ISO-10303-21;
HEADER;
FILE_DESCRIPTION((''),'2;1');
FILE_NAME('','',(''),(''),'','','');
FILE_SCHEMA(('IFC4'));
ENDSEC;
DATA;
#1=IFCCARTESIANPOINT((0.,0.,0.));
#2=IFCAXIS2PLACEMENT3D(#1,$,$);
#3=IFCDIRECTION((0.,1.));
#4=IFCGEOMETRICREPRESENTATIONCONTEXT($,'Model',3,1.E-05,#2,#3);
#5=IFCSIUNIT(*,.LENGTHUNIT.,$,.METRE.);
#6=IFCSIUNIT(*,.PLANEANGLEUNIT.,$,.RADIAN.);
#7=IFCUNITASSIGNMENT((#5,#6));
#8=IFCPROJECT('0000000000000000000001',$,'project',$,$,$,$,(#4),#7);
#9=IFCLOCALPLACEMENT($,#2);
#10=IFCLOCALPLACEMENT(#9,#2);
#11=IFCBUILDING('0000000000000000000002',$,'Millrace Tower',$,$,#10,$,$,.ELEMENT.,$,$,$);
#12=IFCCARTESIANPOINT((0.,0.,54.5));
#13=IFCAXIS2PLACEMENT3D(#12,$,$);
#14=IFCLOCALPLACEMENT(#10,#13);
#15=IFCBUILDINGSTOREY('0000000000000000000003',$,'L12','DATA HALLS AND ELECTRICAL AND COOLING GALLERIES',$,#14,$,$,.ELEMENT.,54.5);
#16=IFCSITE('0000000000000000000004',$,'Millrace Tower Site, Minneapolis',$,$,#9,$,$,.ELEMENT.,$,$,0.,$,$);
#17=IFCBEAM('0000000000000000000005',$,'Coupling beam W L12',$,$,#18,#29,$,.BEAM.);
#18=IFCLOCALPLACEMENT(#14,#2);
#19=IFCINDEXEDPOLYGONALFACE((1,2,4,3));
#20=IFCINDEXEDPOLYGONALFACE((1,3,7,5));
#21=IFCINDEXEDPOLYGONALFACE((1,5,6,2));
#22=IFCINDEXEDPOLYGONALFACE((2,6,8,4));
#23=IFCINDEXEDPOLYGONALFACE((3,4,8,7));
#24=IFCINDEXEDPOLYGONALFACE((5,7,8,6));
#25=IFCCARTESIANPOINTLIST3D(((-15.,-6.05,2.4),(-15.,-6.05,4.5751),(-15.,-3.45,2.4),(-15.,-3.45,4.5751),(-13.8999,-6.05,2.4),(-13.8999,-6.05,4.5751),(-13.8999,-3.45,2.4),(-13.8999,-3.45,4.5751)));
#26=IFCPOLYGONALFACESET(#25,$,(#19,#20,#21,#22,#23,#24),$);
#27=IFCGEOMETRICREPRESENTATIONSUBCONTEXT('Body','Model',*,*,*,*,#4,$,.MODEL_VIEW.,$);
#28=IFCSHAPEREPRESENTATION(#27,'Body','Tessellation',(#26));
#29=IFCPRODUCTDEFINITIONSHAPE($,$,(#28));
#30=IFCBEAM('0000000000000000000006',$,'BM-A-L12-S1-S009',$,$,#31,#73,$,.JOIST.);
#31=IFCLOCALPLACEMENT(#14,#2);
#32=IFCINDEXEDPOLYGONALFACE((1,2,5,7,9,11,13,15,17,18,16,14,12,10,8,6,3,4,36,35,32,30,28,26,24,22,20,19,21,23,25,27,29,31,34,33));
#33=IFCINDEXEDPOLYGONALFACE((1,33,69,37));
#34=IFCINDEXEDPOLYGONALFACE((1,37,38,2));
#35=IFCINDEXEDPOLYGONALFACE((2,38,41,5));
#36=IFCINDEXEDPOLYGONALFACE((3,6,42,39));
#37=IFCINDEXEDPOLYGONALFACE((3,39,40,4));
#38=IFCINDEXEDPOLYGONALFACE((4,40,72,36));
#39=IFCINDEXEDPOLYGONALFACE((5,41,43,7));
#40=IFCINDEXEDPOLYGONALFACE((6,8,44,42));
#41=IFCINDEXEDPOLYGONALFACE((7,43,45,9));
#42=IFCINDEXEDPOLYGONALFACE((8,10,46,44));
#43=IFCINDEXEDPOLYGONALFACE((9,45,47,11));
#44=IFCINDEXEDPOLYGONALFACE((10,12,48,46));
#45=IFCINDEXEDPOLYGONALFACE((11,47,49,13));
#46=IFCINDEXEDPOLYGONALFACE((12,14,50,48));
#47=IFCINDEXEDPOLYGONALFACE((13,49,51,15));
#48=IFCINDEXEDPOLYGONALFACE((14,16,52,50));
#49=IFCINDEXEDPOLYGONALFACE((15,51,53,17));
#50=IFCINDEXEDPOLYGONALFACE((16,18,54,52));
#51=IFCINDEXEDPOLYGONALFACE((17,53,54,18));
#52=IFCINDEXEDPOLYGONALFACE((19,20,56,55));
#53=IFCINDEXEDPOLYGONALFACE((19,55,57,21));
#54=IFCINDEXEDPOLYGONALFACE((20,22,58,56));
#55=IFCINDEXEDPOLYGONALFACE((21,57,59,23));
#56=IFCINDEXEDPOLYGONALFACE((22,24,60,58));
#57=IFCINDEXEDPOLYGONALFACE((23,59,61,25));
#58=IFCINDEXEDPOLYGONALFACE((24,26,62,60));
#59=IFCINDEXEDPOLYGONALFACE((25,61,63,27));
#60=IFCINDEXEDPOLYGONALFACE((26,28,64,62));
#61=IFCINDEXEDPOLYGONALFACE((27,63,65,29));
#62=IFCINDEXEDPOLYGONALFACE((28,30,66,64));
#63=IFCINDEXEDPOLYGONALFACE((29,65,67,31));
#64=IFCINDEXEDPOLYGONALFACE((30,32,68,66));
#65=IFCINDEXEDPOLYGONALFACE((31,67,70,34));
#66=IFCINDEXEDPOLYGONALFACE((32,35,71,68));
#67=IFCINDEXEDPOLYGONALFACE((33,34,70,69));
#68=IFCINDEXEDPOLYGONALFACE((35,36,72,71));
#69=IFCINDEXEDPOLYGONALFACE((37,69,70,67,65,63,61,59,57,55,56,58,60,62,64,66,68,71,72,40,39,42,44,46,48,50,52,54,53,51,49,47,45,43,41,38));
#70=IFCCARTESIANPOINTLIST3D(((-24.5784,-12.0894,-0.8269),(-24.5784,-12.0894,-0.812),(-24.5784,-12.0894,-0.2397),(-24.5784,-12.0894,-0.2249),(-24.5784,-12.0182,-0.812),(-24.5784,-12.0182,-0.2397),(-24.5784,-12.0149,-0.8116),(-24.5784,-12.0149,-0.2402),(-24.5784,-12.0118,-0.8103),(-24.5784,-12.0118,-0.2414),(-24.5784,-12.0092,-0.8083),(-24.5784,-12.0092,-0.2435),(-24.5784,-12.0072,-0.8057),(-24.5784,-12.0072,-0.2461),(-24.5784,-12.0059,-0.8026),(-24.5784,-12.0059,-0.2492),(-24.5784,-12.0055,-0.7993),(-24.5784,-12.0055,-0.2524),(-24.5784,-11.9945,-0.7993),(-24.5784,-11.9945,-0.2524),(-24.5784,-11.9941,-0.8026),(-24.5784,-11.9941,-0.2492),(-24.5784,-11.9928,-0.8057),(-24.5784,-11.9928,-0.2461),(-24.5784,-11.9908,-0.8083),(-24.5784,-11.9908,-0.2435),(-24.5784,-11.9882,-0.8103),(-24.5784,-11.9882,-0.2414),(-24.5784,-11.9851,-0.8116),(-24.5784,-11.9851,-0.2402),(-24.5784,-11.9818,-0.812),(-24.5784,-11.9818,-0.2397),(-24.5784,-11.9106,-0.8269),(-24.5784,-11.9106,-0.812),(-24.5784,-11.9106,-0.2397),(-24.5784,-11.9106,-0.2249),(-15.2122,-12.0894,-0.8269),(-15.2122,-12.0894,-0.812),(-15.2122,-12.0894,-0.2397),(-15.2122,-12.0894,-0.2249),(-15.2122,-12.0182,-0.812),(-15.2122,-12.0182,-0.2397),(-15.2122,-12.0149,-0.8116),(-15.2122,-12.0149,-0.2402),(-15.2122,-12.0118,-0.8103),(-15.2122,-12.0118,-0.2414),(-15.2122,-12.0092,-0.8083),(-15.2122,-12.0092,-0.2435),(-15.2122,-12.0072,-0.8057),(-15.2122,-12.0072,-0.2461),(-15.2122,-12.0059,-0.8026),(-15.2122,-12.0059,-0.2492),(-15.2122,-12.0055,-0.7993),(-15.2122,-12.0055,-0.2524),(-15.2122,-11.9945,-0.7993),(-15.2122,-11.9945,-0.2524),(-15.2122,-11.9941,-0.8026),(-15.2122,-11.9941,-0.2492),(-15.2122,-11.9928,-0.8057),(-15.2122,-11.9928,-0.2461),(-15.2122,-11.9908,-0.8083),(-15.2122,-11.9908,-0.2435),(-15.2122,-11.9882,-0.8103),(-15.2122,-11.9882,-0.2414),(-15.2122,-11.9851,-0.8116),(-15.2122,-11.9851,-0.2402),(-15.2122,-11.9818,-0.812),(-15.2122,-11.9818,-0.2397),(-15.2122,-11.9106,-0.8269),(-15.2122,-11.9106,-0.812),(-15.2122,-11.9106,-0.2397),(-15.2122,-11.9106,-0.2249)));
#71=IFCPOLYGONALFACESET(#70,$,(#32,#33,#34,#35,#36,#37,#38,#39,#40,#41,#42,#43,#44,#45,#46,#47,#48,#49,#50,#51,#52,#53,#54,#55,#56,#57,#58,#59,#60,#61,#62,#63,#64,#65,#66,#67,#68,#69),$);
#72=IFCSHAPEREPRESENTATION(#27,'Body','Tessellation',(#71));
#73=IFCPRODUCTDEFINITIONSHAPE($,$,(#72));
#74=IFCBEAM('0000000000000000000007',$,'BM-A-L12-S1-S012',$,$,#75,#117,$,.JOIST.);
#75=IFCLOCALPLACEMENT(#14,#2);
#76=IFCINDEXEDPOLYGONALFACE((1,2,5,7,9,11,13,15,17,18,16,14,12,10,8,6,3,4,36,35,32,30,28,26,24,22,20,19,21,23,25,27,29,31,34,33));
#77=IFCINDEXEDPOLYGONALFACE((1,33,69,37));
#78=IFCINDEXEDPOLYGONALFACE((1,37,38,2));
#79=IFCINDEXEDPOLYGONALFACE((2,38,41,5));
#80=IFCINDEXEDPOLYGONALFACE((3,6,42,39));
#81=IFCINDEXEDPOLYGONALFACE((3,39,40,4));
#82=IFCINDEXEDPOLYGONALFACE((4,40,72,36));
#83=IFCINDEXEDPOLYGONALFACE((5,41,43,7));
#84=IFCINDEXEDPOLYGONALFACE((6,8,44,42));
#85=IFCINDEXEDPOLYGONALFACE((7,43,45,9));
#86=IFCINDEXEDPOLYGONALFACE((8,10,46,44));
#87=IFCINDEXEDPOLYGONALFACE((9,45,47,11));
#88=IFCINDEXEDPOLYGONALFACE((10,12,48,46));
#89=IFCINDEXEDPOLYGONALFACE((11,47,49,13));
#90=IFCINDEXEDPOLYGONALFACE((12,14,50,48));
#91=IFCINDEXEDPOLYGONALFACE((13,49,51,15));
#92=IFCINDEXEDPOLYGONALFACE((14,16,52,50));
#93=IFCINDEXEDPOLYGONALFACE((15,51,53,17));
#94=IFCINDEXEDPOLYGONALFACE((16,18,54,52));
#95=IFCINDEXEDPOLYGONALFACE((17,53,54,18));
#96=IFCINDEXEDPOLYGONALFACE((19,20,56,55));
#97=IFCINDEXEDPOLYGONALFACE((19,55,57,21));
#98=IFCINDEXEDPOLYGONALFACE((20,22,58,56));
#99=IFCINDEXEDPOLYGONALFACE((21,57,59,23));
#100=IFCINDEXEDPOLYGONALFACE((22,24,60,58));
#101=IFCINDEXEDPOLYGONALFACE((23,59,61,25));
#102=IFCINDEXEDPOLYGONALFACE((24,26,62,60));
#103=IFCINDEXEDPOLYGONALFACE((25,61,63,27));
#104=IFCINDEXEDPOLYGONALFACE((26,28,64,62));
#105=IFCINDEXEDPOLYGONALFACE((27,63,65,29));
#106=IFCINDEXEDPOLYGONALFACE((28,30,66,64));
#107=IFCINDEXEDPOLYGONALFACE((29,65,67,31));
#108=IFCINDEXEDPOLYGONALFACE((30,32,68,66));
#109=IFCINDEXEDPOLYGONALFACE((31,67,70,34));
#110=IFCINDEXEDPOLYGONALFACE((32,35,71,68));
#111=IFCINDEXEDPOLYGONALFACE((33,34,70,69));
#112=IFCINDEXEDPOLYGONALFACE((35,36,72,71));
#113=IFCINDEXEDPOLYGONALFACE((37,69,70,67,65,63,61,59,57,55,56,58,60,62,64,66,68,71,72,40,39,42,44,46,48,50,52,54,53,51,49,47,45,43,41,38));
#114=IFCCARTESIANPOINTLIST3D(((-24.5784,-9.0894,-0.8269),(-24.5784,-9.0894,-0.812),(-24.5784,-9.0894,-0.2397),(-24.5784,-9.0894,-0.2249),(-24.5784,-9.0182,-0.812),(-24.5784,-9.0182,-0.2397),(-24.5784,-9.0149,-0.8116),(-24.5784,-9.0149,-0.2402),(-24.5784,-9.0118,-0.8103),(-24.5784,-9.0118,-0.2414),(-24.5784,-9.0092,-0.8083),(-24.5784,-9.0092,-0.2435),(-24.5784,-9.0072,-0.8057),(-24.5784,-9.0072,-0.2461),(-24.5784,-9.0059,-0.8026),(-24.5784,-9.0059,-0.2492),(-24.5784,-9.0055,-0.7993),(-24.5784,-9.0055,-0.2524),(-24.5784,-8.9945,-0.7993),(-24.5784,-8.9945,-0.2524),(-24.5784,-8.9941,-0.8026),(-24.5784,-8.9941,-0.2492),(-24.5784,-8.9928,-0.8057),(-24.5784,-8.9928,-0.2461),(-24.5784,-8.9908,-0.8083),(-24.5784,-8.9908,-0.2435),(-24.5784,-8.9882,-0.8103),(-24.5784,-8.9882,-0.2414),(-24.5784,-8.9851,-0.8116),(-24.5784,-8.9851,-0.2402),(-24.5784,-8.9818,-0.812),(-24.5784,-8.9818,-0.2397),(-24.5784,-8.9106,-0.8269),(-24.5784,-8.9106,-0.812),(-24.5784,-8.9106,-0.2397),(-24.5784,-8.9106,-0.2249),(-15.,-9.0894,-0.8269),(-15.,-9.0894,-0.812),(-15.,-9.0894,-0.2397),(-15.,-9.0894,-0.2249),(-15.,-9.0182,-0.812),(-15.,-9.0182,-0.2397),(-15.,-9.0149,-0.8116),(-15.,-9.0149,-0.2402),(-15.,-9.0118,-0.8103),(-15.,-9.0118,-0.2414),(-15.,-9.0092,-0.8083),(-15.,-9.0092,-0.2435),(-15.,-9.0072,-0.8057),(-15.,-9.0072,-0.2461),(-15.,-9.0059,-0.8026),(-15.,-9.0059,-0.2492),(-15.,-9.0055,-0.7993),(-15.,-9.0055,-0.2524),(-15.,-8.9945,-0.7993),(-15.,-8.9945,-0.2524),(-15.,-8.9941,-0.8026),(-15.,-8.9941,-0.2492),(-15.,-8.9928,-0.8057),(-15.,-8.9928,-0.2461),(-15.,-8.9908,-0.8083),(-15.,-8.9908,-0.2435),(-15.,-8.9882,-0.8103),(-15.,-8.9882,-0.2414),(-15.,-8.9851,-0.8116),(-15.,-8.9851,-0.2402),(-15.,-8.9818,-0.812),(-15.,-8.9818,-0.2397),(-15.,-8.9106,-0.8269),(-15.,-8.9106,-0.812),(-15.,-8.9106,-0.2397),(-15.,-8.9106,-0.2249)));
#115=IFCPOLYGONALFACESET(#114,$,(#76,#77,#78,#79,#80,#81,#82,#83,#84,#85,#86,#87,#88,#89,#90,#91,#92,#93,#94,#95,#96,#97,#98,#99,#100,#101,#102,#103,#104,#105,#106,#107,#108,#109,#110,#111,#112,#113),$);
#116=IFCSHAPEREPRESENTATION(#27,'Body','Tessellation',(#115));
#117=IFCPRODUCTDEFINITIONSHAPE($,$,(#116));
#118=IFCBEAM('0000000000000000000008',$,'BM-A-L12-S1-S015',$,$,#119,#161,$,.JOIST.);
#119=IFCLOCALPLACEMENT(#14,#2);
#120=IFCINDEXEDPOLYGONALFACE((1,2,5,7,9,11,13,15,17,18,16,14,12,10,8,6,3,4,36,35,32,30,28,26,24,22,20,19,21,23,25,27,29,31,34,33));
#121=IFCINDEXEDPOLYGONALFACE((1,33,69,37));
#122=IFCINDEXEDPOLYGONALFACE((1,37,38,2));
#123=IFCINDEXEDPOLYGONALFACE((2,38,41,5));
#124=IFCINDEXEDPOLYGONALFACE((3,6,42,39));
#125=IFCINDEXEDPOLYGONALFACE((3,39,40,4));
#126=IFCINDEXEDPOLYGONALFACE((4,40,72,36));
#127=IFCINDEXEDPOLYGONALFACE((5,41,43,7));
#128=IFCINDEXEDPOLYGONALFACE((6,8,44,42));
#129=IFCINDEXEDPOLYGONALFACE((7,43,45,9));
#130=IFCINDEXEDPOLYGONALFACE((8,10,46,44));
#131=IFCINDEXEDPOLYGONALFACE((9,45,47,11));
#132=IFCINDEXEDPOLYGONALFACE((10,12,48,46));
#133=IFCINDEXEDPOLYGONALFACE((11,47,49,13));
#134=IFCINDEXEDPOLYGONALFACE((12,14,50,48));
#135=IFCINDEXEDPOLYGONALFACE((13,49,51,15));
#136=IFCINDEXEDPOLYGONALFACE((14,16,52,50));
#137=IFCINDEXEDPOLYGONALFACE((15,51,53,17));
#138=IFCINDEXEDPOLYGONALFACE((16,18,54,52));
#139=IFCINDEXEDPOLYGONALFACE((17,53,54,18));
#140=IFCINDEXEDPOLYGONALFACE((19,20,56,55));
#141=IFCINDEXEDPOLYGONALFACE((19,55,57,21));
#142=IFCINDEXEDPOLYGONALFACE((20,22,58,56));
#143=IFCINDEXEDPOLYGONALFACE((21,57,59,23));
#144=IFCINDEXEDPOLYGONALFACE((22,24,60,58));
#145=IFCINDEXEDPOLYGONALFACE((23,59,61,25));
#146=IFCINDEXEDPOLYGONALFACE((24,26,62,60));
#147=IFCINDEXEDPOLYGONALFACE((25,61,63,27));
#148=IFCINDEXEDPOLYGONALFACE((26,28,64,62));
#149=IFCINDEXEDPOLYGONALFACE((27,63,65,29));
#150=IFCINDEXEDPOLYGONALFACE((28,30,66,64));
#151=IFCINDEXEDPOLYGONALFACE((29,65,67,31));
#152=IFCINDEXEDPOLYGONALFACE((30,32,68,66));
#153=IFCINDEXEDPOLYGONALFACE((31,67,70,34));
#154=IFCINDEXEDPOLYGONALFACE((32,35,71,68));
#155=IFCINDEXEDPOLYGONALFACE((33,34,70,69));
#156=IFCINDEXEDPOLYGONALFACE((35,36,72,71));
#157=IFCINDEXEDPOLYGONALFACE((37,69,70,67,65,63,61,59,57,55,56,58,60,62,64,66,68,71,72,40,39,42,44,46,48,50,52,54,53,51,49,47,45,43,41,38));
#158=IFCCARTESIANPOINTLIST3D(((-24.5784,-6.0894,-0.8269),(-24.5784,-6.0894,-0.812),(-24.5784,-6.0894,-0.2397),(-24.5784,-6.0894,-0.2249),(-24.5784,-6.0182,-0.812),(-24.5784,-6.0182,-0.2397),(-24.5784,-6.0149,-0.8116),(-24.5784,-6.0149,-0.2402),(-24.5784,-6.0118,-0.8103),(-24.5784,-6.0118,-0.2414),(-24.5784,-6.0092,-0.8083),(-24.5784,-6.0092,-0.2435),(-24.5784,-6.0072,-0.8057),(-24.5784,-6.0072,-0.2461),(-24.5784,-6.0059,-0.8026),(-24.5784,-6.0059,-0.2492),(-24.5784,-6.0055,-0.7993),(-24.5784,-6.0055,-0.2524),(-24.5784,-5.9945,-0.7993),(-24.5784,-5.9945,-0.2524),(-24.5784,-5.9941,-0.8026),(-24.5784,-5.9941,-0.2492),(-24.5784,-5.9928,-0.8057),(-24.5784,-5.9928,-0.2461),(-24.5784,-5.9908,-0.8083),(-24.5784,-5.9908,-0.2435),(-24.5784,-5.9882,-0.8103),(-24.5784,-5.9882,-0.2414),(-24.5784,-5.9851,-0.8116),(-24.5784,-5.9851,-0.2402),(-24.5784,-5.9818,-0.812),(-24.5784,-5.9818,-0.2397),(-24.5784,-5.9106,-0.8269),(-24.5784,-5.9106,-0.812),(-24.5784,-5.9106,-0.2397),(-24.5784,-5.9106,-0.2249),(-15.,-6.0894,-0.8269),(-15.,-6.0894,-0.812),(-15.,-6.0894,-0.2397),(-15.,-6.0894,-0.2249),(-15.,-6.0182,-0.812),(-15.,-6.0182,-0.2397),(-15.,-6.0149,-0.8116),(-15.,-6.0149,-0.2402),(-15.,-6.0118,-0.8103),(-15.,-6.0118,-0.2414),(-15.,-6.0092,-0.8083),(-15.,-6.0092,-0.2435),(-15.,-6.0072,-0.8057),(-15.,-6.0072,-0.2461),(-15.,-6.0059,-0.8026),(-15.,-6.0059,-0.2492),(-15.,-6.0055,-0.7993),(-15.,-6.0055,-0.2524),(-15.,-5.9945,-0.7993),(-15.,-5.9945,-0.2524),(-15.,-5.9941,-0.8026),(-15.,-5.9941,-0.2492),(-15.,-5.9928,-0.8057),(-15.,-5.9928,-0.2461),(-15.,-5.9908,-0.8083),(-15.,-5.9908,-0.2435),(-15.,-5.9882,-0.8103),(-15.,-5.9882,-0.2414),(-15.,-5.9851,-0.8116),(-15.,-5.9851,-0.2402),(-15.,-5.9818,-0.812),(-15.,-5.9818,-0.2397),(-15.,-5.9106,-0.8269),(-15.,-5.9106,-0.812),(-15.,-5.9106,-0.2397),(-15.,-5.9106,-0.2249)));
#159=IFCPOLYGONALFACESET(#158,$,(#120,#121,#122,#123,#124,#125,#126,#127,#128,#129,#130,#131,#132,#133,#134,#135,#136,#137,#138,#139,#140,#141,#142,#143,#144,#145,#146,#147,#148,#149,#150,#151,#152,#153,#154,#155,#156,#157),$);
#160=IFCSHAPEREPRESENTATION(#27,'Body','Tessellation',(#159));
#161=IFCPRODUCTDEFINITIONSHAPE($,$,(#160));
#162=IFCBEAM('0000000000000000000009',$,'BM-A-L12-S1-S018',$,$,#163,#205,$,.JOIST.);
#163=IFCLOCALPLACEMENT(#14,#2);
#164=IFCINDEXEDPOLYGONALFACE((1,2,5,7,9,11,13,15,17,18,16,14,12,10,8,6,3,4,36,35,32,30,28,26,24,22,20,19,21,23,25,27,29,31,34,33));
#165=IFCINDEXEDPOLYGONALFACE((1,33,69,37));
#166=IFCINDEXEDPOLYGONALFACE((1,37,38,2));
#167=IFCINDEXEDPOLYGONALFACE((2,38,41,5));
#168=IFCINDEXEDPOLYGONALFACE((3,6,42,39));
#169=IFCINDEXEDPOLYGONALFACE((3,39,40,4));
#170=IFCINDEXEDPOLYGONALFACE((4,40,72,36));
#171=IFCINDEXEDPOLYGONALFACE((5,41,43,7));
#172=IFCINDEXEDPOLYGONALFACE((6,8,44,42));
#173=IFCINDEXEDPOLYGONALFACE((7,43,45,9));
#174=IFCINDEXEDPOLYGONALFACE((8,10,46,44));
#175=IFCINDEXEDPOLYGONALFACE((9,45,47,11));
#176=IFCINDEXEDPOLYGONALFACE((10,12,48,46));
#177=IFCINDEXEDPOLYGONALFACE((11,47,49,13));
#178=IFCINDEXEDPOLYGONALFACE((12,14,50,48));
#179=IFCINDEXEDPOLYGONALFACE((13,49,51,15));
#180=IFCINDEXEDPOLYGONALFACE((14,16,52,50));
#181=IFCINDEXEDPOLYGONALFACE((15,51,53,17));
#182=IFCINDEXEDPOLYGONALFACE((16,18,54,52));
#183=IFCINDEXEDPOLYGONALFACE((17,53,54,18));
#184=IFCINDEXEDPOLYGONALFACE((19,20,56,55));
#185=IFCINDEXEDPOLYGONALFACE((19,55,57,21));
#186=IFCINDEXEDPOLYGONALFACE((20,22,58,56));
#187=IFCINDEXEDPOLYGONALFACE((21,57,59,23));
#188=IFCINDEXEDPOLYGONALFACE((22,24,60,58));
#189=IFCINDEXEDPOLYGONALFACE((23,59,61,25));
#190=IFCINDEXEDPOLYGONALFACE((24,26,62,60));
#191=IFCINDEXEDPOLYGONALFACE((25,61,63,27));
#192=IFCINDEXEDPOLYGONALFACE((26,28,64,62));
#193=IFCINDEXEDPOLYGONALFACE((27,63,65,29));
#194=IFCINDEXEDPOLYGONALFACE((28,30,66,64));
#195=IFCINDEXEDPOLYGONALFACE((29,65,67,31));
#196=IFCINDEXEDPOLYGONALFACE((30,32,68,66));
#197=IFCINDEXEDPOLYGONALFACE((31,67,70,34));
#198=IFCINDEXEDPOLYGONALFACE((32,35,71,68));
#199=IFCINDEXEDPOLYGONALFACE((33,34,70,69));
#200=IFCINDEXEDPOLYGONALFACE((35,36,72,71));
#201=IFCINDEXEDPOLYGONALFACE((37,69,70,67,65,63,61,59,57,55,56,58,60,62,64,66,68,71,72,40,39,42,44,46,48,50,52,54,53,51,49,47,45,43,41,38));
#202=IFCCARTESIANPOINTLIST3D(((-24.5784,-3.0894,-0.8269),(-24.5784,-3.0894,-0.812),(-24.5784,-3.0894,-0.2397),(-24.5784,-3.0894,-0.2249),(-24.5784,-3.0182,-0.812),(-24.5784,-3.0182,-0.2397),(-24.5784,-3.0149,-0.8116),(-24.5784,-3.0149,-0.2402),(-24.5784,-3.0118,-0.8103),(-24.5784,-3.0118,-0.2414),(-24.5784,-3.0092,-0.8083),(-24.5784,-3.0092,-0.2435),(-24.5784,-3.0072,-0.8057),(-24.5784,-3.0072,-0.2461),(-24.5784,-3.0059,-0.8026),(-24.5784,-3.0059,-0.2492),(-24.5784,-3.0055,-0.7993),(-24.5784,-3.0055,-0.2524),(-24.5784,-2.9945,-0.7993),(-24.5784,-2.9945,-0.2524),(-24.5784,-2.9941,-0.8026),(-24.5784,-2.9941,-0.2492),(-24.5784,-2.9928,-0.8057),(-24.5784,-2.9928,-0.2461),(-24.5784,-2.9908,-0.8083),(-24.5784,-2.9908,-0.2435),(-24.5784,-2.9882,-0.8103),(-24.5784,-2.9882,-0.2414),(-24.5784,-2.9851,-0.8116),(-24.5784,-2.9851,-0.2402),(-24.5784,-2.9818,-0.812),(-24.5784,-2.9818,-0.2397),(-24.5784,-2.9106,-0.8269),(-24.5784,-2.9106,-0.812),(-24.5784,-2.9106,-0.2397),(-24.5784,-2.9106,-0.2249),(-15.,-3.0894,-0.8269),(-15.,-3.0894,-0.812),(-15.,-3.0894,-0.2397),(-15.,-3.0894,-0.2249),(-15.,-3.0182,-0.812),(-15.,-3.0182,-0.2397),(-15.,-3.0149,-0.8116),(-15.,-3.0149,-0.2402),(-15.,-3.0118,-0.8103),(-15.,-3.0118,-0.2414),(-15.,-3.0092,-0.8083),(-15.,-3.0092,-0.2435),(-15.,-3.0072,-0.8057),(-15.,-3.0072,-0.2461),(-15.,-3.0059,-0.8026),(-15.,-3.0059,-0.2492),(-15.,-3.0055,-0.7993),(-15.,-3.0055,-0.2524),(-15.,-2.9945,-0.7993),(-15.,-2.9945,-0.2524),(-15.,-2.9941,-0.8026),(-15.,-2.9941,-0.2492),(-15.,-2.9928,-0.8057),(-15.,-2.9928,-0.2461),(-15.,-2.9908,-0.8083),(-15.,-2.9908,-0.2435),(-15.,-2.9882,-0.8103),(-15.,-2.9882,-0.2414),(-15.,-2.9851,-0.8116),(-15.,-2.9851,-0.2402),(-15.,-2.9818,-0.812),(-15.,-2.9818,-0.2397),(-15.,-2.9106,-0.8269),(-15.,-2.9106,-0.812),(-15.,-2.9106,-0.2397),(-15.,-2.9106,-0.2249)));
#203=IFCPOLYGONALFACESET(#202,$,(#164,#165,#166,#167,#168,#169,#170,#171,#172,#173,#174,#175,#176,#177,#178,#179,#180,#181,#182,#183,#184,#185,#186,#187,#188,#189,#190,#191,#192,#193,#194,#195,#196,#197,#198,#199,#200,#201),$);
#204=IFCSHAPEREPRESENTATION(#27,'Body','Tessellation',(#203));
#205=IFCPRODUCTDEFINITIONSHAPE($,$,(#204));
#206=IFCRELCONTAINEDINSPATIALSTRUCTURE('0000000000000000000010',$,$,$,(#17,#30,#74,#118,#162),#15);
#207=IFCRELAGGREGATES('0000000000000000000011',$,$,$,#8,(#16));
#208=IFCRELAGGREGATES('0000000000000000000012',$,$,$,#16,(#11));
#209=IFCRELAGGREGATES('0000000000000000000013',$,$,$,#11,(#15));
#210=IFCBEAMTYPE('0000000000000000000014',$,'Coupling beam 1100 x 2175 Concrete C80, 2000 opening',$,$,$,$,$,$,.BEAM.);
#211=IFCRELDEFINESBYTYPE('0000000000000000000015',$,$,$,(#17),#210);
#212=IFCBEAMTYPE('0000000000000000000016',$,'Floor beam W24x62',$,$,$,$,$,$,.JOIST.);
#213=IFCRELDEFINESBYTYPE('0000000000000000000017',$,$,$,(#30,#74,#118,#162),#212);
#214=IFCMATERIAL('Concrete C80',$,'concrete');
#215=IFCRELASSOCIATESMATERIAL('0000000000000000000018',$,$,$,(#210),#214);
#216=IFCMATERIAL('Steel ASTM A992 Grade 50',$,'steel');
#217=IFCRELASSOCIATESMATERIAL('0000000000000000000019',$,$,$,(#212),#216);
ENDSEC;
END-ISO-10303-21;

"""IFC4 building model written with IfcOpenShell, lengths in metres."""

from ifc_helpers import new_model, si_unit, direction, frame, origin, origin_2d, place, context, subcontext, project, spatial, rectangle, i_section, extrude, material, material_profile, profile_set, type_object, element, save


model = new_model("IFC4")

# Units and contexts
model_context = context("Model", 3, precision=1e-05, world=origin(), true_north=direction((0.0, 1.0)))
body_context = subcontext(model_context, "Body", "Model", "MODEL_VIEW")
ifc_project = project(units=[si_unit("LENGTHUNIT", "METRE"), si_unit("PLANEANGLEUNIT", "RADIAN")], contexts=[model_context])

# Site, building, storey
site_placement = place(None, origin())
site = spatial("IfcSite", under=ifc_project, at=site_placement, Name="Millrace Tower Site, Minneapolis", CompositionType="ELEMENT", RefElevation=0.0)
building_placement = place(site_placement, origin())
building = spatial("IfcBuilding", under=site, at=building_placement, Name="Millrace Tower", CompositionType="ELEMENT")
storey_placement = place(building_placement, frame((0.0, 0.0, 54.5)))
storey = spatial("IfcBuildingStorey", under=building, at=storey_placement, Name="L12", Description="DATA HALLS AND ELECTRICAL AND COOLING GALLERIES", CompositionType="ELEMENT", Elevation=54.5)

# Beams
ifc_material_1 = material(Name="Concrete C80", Category="concrete")
ifc_material_profile_1 = material_profile(ifc_material_1, rectangle(XDim=1.1001, YDim=2.175, at=origin_2d()))
ifc_profile_set_1 = profile_set([ifc_material_profile_1], Name="Concrete C80")
beam_type_1 = type_object("IfcBeamType", Name="Coupling beam 1100 x 2175 Concrete C80, 2000 opening", PredefinedType="BEAM", material=ifc_profile_set_1)
beam_1_placement = place(storey_placement, frame((-14.45, -6.05, 3.4875), z_axis=(0.0, 1.0, 0.0), x_axis=(-1.0, 0.0, 0.0)))
element("IfcBeam", 1, at=beam_1_placement, inside=storey, type_object=beam_type_1, Name="Coupling beam W L12", PredefinedType="BEAM", context=body_context, shape_type="SweptSolid", body=[
    extrude(rectangle(XDim=1.1001, YDim=2.175, at=origin_2d()), origin(), (0.0, 0.0, 1.0), 2.6001),
])
ifc_material_2 = material(Name="Steel ASTM A992 Grade 50", Category="steel")
ifc_material_profile_2 = material_profile(ifc_material_2, i_section(OverallWidth=0.1787, OverallDepth=0.6021, WebThickness=0.011, FlangeThickness=0.0149, FilletRadius=0.0127, at=origin_2d()))
ifc_profile_set_2 = profile_set([ifc_material_profile_2], Name="Steel ASTM A992 Grade 50")
beam_type_2 = type_object("IfcBeamType", Name="Floor beam W24x62", PredefinedType="JOIST", material=ifc_profile_set_2)
beam_2_placement = place(storey_placement, frame((-24.5784, -12.0, -0.5259), z_axis=(1.0, 0.0, 0.0), x_axis=(0.0, 1.0, 0.0)))
element("IfcBeam", 2, at=beam_2_placement, inside=storey, type_object=beam_type_2, Name="BM-A-L12-S1-S009", PredefinedType="JOIST", context=body_context, shape_type="SweptSolid", body=[
    extrude(i_section(OverallWidth=0.1787, OverallDepth=0.6021, WebThickness=0.011, FlangeThickness=0.0149, FilletRadius=0.0127, at=origin_2d()), origin(), (0.0, 0.0, 1.0), 9.3662),
])
for number, where, z_axis, x_axis, name in (
    (3, (-24.5784, -9.0, -0.5259), (1.0, 0.0, 0.0), (0.0, 1.0, 0.0), "BM-A-L12-S1-S012"),
    (4, (-24.5784, -6.0, -0.5259), (1.0, 0.0, 0.0), (0.0, 1.0, 0.0), "BM-A-L12-S1-S015"),
    (5, (-24.5784, -3.0, -0.5259), (1.0, 0.0, 0.0), (0.0, 1.0, 0.0), "BM-A-L12-S1-S018"),
):
    element("IfcBeam", number, at=place(storey_placement, frame(where, z_axis=z_axis, x_axis=x_axis)), inside=storey, type_object=beam_type_2, Name=name, PredefinedType="JOIST", context=body_context, shape_type="SweptSolid", body=[
        extrude(i_section(OverallWidth=0.1787, OverallDepth=0.6021, WebThickness=0.011, FlangeThickness=0.0149, FilletRadius=0.0127, at=origin_2d()), origin(), (0.0, 0.0, 1.0), 9.5784),
    ])

save(model, "model.ifc")
